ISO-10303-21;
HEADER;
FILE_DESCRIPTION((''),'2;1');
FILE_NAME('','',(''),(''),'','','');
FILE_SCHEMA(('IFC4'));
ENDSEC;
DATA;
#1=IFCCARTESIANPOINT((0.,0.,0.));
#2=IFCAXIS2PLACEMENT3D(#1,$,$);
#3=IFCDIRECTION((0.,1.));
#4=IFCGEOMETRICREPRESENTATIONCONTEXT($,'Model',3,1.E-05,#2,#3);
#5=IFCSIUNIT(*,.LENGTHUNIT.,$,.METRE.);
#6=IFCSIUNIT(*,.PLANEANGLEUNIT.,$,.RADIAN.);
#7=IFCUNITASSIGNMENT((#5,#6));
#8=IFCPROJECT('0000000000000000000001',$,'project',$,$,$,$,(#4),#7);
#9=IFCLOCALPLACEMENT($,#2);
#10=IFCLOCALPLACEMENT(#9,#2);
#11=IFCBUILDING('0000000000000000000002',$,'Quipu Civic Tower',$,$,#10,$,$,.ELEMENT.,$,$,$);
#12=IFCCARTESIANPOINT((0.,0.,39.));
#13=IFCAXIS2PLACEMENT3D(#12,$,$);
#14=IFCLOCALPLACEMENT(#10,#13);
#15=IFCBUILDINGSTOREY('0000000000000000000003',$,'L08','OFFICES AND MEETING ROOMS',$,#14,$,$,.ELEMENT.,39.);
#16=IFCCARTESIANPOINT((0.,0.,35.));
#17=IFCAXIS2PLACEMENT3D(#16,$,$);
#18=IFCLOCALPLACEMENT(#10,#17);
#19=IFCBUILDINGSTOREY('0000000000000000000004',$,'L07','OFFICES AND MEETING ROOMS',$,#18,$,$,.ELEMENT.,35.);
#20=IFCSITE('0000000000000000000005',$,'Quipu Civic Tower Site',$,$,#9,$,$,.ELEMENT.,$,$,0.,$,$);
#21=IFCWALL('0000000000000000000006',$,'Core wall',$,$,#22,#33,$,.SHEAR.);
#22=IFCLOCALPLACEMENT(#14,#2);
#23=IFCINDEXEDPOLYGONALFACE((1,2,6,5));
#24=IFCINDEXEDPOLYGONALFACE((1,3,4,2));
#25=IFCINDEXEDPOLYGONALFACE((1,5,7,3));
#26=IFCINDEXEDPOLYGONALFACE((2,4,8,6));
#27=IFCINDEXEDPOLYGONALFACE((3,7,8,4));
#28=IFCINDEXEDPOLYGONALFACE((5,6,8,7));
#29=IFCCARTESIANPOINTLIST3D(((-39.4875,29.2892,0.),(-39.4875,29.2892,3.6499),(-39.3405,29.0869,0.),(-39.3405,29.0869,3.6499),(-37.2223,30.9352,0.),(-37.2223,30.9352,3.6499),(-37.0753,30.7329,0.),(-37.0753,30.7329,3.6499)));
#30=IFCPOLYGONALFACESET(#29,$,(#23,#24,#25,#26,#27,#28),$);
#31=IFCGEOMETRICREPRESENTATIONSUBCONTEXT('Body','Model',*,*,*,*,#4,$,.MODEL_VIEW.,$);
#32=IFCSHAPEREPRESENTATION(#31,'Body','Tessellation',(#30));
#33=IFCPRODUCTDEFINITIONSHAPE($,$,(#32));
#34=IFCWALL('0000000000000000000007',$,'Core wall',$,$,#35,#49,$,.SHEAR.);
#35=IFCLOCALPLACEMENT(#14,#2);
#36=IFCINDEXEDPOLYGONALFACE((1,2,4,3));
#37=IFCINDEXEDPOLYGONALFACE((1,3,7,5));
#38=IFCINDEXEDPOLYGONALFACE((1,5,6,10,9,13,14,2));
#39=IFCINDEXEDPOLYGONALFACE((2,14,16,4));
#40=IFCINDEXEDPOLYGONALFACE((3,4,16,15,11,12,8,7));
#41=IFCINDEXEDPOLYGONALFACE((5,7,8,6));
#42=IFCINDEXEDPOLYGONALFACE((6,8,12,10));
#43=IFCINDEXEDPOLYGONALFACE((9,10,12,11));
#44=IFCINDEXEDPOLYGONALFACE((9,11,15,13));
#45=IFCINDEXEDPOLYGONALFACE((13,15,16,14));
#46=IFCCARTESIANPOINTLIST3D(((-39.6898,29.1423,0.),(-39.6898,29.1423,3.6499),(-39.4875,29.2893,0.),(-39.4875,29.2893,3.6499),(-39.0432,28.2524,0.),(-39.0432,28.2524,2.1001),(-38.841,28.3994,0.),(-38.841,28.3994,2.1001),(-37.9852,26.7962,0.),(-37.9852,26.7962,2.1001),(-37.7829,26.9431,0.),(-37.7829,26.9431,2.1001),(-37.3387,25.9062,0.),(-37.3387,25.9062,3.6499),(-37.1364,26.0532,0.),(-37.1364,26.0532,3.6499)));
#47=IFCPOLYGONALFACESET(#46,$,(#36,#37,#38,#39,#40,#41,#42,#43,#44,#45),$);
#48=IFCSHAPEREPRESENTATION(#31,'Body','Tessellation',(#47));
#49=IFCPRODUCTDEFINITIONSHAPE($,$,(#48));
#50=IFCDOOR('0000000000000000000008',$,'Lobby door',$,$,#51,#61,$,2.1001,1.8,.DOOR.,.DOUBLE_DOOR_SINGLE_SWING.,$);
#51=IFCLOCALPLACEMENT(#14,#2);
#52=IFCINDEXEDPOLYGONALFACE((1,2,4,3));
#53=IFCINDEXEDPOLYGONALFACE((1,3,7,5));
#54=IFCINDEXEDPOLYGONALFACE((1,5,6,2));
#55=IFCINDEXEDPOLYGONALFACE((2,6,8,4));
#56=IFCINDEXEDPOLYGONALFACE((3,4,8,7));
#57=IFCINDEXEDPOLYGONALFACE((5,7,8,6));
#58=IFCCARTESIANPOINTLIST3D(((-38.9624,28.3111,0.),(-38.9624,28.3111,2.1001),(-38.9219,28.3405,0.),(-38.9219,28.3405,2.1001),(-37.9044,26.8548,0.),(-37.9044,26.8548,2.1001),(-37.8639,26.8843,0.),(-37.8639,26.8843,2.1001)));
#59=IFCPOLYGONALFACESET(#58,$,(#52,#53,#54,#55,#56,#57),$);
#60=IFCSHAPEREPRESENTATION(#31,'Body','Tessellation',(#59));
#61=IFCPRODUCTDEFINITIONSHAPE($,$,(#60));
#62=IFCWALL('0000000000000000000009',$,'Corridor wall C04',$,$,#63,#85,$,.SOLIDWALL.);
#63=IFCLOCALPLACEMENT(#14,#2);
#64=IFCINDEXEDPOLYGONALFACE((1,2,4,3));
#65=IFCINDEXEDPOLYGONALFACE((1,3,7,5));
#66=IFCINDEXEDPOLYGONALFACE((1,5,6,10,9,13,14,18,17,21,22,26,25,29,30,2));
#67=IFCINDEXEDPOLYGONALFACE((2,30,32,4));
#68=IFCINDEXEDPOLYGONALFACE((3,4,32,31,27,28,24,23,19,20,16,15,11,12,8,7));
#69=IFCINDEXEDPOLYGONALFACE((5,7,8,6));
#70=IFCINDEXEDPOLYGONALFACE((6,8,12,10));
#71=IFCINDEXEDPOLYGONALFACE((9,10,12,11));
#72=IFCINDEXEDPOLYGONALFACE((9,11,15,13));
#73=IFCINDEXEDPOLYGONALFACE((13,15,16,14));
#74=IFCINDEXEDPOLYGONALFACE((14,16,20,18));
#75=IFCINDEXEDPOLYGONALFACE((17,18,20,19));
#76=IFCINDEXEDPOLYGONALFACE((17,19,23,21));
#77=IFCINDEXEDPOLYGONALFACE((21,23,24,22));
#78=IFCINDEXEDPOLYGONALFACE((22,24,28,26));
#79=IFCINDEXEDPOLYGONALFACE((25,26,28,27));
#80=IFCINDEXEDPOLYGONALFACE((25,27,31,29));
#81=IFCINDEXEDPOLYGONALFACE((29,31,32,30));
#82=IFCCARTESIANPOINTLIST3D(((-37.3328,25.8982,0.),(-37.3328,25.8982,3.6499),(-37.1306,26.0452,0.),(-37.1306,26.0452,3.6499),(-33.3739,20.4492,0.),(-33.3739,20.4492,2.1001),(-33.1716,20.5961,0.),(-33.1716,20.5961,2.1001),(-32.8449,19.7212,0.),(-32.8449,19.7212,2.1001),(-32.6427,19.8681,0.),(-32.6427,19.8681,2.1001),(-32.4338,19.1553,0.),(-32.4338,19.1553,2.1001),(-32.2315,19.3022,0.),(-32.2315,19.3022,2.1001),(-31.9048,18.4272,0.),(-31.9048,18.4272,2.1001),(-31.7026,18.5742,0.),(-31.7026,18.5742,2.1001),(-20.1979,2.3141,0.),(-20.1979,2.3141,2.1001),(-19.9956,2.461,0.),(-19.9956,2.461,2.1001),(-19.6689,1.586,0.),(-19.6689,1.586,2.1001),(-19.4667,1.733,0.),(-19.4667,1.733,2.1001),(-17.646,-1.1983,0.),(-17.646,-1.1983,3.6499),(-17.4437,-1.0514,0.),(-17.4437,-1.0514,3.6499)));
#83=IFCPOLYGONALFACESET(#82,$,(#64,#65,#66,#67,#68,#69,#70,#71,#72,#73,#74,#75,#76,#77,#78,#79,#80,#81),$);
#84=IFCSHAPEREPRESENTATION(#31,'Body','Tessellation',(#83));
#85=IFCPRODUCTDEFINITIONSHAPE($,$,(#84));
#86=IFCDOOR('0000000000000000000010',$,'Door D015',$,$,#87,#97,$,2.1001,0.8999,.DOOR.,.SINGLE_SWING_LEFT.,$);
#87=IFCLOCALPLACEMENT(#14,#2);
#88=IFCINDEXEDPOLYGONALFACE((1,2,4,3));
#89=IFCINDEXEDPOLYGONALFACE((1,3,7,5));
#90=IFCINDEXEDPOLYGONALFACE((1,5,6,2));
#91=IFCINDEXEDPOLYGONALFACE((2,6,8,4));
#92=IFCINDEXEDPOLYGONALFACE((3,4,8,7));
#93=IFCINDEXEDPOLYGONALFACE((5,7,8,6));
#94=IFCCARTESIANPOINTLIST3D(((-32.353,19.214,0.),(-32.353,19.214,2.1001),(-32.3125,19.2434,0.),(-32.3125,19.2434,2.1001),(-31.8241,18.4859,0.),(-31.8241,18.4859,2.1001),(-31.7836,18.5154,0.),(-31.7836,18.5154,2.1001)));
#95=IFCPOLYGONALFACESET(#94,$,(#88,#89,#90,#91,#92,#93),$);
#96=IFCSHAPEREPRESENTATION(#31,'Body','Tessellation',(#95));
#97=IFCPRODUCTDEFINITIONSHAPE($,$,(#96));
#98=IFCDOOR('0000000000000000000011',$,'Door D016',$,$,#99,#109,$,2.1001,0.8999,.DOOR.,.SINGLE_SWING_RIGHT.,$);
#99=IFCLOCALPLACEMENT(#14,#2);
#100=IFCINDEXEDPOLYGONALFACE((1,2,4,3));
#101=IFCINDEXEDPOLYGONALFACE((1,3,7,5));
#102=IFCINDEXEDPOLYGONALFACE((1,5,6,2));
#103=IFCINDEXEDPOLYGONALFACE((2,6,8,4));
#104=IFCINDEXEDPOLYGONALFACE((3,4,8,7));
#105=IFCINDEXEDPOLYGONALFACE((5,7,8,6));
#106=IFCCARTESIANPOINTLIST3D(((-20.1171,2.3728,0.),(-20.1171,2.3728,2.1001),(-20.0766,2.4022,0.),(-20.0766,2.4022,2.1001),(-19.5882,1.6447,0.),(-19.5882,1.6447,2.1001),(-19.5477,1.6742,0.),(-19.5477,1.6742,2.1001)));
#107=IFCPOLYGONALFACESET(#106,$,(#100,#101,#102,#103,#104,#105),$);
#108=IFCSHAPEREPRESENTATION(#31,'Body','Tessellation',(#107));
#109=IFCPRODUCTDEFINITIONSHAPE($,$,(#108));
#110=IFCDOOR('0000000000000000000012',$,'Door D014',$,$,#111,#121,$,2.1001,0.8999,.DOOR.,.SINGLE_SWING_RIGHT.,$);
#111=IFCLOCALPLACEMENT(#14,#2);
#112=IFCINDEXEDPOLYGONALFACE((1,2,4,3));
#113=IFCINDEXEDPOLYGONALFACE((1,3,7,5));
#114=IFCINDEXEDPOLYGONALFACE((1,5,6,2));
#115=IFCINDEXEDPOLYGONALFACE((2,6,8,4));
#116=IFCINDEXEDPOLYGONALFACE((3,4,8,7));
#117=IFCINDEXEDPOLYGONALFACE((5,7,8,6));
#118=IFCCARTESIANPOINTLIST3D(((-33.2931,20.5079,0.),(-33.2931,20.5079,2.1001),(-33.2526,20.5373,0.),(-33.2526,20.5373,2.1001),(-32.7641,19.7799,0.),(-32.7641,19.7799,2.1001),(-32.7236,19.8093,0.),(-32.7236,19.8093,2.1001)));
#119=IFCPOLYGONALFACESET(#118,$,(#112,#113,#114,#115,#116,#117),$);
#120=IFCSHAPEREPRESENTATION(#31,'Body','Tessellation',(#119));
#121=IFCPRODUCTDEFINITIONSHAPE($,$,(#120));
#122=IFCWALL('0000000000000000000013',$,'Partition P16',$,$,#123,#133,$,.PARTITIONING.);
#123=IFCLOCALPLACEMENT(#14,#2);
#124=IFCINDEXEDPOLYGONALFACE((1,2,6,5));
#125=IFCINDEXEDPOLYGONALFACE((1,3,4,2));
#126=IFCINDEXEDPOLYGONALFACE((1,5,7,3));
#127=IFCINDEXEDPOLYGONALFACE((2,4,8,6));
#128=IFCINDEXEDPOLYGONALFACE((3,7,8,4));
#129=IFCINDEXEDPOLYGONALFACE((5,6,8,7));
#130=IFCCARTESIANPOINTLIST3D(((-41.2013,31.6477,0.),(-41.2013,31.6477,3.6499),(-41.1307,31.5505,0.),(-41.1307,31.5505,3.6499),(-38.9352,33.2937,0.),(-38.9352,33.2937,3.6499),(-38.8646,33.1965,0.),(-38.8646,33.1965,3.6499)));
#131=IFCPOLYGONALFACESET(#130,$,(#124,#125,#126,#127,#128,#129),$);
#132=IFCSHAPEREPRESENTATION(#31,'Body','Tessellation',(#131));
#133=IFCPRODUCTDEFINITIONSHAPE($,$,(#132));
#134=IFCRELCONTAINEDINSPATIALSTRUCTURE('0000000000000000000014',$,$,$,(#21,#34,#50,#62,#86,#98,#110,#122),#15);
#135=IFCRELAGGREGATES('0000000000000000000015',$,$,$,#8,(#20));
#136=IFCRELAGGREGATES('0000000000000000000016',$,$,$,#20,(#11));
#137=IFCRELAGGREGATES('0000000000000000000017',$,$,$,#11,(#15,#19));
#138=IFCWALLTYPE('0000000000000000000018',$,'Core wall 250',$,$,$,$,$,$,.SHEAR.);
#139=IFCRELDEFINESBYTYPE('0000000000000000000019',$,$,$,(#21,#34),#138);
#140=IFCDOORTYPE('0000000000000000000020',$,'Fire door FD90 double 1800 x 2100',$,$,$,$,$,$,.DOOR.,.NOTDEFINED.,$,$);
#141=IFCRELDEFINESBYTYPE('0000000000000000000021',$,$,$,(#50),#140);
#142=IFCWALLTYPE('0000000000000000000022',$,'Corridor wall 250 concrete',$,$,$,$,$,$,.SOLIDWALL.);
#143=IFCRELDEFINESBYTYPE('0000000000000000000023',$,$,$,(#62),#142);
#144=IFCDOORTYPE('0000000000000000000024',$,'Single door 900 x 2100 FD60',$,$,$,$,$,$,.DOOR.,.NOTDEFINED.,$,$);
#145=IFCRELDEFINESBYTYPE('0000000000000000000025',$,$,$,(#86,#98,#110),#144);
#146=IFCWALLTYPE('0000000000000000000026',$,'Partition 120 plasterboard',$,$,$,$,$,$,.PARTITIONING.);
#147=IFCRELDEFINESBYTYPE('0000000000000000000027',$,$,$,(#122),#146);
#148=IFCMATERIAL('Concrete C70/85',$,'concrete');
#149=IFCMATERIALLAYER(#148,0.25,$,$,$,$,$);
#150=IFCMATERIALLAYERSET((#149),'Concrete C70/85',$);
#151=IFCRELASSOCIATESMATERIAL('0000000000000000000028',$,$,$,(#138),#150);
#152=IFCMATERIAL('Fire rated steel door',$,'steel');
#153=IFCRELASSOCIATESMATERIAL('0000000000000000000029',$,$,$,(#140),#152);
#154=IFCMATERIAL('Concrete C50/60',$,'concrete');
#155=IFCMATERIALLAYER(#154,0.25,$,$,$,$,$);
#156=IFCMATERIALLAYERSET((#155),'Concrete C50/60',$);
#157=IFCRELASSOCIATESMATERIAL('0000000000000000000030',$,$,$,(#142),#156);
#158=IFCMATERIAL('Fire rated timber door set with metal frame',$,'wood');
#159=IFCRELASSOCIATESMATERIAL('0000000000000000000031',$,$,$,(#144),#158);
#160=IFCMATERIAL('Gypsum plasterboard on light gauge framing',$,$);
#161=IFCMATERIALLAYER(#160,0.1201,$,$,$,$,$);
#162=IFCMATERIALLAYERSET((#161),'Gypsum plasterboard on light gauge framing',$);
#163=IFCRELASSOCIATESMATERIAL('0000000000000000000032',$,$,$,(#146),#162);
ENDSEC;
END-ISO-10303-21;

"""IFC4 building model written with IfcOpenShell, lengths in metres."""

from ifc_helpers import new_model, si_unit, direction, frame, frame_2d, origin, place, context, subcontext, project, spatial, rectangle, extrude, material, layer, layer_set, type_object, element, fill, save


model = new_model("IFC4")

# Units and contexts
model_context = context("Model", 3, precision=1e-05, world=origin(), true_north=direction((0.0, 1.0)))
body_context = subcontext(model_context, "Body", "Model", "MODEL_VIEW")
ifc_project = project(units=[si_unit("LENGTHUNIT", "METRE"), si_unit("PLANEANGLEUNIT", "RADIAN")], contexts=[model_context])

# Site, building, storey
site_placement = place(None, origin())
site = spatial("IfcSite", under=ifc_project, at=site_placement, Name="Quipu Civic Tower Site", CompositionType="ELEMENT", RefElevation=0.0)
building_placement = place(site_placement, origin())
building = spatial("IfcBuilding", under=site, at=building_placement, Name="Quipu Civic Tower", CompositionType="ELEMENT")
storey_1_placement = place(building_placement, frame((0.0, 0.0, 39.0)))
storey_1 = spatial("IfcBuildingStorey", under=building, at=storey_1_placement, Name="L08", Description="OFFICES AND MEETING ROOMS", CompositionType="ELEMENT", Elevation=39.0)

# Shared definitions
storey_2_placement = place(building_placement, frame((0.0, 0.0, 35.0)))
storey_2 = spatial("IfcBuildingStorey", under=building, at=storey_2_placement, Name="L07", Description="OFFICES AND MEETING ROOMS", CompositionType="ELEMENT", Elevation=35.0)

# Shared definitions
ifc_material_1 = material(Name="Concrete C70/85", Category="concrete")
ifc_layer_1 = layer(ifc_material_1, 0.25)
ifc_layer_set_1 = layer_set([ifc_layer_1], Name="Concrete C70/85")
wall_type_1 = type_object("IfcWallType", Name="Core wall 250", PredefinedType="SHEAR", material=ifc_layer_set_1)

# Wall
for number, where, z_axis, x_axis, name in (
    (1, (-37.1489, 30.834, 0.0), (0.0, 0.0, 1.0), (-0.80897, -0.58785, 0.0), "Core wall"),
):
    element("IfcWall", number, at=place(storey_1_placement, frame(where, z_axis=z_axis, x_axis=x_axis)), inside=storey_1, type_object=wall_type_1, Name=name, PredefinedType="SHEAR", context=body_context, shape_type="SweptSolid", body=[
        extrude(rectangle(XDim=2.8, YDim=0.25, at=frame_2d((1.3999, 0.0))), origin(), (0.0, 0.0, 1.0), 3.6499),
    ])

# Wall, opening, door
wall_1_placement = place(storey_1_placement, frame((-39.5886, 29.2158, 0.0), z_axis=(0.0, 0.0, 1.0), x_axis=(0.587772, -0.809026, 0.0)))
wall_1 = element("IfcWall", 2, at=wall_1_placement, inside=storey_1, type_object=wall_type_1, Name="Core wall", PredefinedType="SHEAR", context=body_context, shape_type="SweptSolid", body=[
    extrude(rectangle(XDim=4.0, YDim=0.25, at=frame_2d((2.0, 0.0))), origin(), (0.0, 0.0, 1.0), 3.6499),
])
opening_1_placement = place(wall_1_placement, frame((1.1001, 0.0, 0.0)))
opening_1 = element("IfcOpeningElement", 3, at=opening_1_placement, cuts=wall_1, PredefinedType="OPENING", context=body_context, shape_type="SweptSolid", body=[
    extrude(rectangle(XDim=1.8, YDim=2.1001, at=frame_2d((0.8999, 1.05))), frame((0.0, 0.135, 0.0), z_axis=(0.0, -1.0, 0.0), x_axis=(1.0, 0.0, 0.0)), (0.0, 0.0, 1.0), 0.27),
])
ifc_material_2 = material(Name="Fire rated steel door", Category="steel")
door_type_1 = type_object("IfcDoorType", Name="Fire door FD90 double 1800 x 2100", OperationType="NOTDEFINED", PredefinedType="DOOR", material=ifc_material_2)
door_1_placement = place(opening_1_placement, origin())
door_1 = element("IfcDoor", 4, at=door_1_placement, inside=storey_1, type_object=door_type_1, Name="Lobby door", OperationType="DOUBLE_DOOR_SINGLE_SWING", OverallHeight=2.1001, OverallWidth=1.8, PredefinedType="DOOR", context=body_context, shape_type="SweptSolid", body=[
    extrude(rectangle(XDim=1.8, YDim=2.1001, at=frame_2d((0.8999, 1.05))), frame((0.0, 0.0249, 0.0), z_axis=(0.0, -1.0, 0.0), x_axis=(1.0, 0.0, 0.0)), (0.0, 0.0, 1.0), 0.05),
])
fill(opening_1, door_1)

# Wall, openings, doors
ifc_material_3 = material(Name="Concrete C50/60", Category="concrete")
ifc_layer_2 = layer(ifc_material_3, 0.25)
ifc_layer_set_2 = layer_set([ifc_layer_2], Name="Concrete C50/60")
wall_type_2 = type_object("IfcWallType", Name="Corridor wall 250 concrete", PredefinedType="SOLIDWALL", material=ifc_layer_set_2)
wall_2_placement = place(storey_1_placement, frame((-37.2317, 25.9717, 0.0), z_axis=(0.0, 0.0, 1.0), x_axis=(0.587786, -0.809016, 0.0)))
wall_2 = element("IfcWall", 5, at=wall_2_placement, inside=storey_1, type_object=wall_type_2, Name="Corridor wall C04", PredefinedType="SOLIDWALL", context=body_context, shape_type="SweptSolid", body=[
    extrude(rectangle(XDim=33.4932, YDim=0.25, at=frame_2d((16.7466, 0.0))), origin(), (0.0, 0.0, 1.0), 3.6499),
])
opening_2_placement = place(wall_2_placement, frame((8.3347, 0.0, 0.0)))
opening_2 = element("IfcOpeningElement", 6, at=opening_2_placement, cuts=wall_2, PredefinedType="OPENING", context=body_context, shape_type="SweptSolid", body=[
    extrude(rectangle(XDim=0.8999, YDim=2.1001, at=frame_2d((0.45, 1.05))), frame((0.0, 0.135, 0.0), z_axis=(0.0, -1.0, 0.0), x_axis=(1.0, 0.0, 0.0)), (0.0, 0.0, 1.0), 0.27),
])
opening_3_placement = place(wall_2_placement, frame((29.1516, 0.0, 0.0)))
opening_3 = element("IfcOpeningElement", 7, at=opening_3_placement, cuts=wall_2, PredefinedType="OPENING", context=body_context, shape_type="SweptSolid", body=[
    extrude(rectangle(XDim=0.8999, YDim=2.1001, at=frame_2d((0.45, 1.05))), frame((0.0, 0.135, 0.0), z_axis=(0.0, -1.0, 0.0), x_axis=(1.0, 0.0, 0.0)), (0.0, 0.0, 1.0), 0.27),
])
opening_4_placement = place(wall_2_placement, frame((6.7354, 0.0, 0.0)))
opening_4 = element("IfcOpeningElement", 8, at=opening_4_placement, cuts=wall_2, PredefinedType="OPENING", context=body_context, shape_type="SweptSolid", body=[
    extrude(rectangle(XDim=0.8999, YDim=2.1001, at=frame_2d((0.45, 1.05))), frame((0.0, 0.135, 0.0), z_axis=(0.0, -1.0, 0.0), x_axis=(1.0, 0.0, 0.0)), (0.0, 0.0, 1.0), 0.27),
])
ifc_material_4 = material(Name="Fire rated timber door set with metal frame", Category="wood")
door_type_2 = type_object("IfcDoorType", Name="Single door 900 x 2100 FD60", OperationType="NOTDEFINED", PredefinedType="DOOR", material=ifc_material_4)
door_2_placement = place(opening_2_placement, origin())
door_2 = element("IfcDoor", 9, at=door_2_placement, inside=storey_1, type_object=door_type_2, Name="Door D015", OperationType="SINGLE_SWING_LEFT", OverallHeight=2.1001, OverallWidth=0.8999, PredefinedType="DOOR", context=body_context, shape_type="SweptSolid", body=[
    extrude(rectangle(XDim=0.8999, YDim=2.1001, at=frame_2d((0.45, 1.05))), frame((0.0, 0.0249, 0.0), z_axis=(0.0, -1.0, 0.0), x_axis=(1.0, 0.0, 0.0)), (0.0, 0.0, 1.0), 0.05),
])
fill(opening_2, door_2)
door_3_placement = place(opening_3_placement, origin())
door_3 = element("IfcDoor", 10, at=door_3_placement, inside=storey_1, type_object=door_type_2, Name="Door D016", OperationType="SINGLE_SWING_RIGHT", OverallHeight=2.1001, OverallWidth=0.8999, PredefinedType="DOOR", context=body_context, shape_type="SweptSolid", body=[
    extrude(rectangle(XDim=0.8999, YDim=2.1001, at=frame_2d((0.45, 1.05))), frame((0.0, 0.0249, 0.0), z_axis=(0.0, -1.0, 0.0), x_axis=(1.0, 0.0, 0.0)), (0.0, 0.0, 1.0), 0.05),
])
fill(opening_3, door_3)
door_4_placement = place(opening_4_placement, origin())
door_4 = element("IfcDoor", 11, at=door_4_placement, inside=storey_1, type_object=door_type_2, Name="Door D014", OperationType="SINGLE_SWING_RIGHT", OverallHeight=2.1001, OverallWidth=0.8999, PredefinedType="DOOR", context=body_context, shape_type="SweptSolid", body=[
    extrude(rectangle(XDim=0.8999, YDim=2.1001, at=frame_2d((0.45, 1.05))), frame((0.0, 0.0249, 0.0), z_axis=(0.0, -1.0, 0.0), x_axis=(1.0, 0.0, 0.0)), (0.0, 0.0, 1.0), 0.05),
])
fill(opening_4, door_4)

# Wall
ifc_material_5 = material(Name="Gypsum plasterboard on light gauge framing")
ifc_layer_3 = layer(ifc_material_5, 0.1201)
ifc_layer_set_3 = layer_set([ifc_layer_3], Name="Gypsum plasterboard on light gauge framing")
wall_type_3 = type_object("IfcWallType", Name="Partition 120 plasterboard", PredefinedType="PARTITIONING", material=ifc_layer_set_3)
wall_3_placement = place(storey_1_placement, frame((-41.166, 31.5991, 0.0), z_axis=(0.0, 0.0, 1.0), x_axis=(0.80909, 0.587684, 0.0)))
element("IfcWall", 12, at=wall_3_placement, inside=storey_1, type_object=wall_type_3, Name="Partition P16", PredefinedType="PARTITIONING", context=body_context, shape_type="SweptSolid", body=[
    extrude(rectangle(XDim=2.8008, YDim=0.1201, at=frame_2d((1.4004, 0.0))), origin(), (0.0, 0.0, 1.0), 3.6499),
])

save(model, "model.ifc")
